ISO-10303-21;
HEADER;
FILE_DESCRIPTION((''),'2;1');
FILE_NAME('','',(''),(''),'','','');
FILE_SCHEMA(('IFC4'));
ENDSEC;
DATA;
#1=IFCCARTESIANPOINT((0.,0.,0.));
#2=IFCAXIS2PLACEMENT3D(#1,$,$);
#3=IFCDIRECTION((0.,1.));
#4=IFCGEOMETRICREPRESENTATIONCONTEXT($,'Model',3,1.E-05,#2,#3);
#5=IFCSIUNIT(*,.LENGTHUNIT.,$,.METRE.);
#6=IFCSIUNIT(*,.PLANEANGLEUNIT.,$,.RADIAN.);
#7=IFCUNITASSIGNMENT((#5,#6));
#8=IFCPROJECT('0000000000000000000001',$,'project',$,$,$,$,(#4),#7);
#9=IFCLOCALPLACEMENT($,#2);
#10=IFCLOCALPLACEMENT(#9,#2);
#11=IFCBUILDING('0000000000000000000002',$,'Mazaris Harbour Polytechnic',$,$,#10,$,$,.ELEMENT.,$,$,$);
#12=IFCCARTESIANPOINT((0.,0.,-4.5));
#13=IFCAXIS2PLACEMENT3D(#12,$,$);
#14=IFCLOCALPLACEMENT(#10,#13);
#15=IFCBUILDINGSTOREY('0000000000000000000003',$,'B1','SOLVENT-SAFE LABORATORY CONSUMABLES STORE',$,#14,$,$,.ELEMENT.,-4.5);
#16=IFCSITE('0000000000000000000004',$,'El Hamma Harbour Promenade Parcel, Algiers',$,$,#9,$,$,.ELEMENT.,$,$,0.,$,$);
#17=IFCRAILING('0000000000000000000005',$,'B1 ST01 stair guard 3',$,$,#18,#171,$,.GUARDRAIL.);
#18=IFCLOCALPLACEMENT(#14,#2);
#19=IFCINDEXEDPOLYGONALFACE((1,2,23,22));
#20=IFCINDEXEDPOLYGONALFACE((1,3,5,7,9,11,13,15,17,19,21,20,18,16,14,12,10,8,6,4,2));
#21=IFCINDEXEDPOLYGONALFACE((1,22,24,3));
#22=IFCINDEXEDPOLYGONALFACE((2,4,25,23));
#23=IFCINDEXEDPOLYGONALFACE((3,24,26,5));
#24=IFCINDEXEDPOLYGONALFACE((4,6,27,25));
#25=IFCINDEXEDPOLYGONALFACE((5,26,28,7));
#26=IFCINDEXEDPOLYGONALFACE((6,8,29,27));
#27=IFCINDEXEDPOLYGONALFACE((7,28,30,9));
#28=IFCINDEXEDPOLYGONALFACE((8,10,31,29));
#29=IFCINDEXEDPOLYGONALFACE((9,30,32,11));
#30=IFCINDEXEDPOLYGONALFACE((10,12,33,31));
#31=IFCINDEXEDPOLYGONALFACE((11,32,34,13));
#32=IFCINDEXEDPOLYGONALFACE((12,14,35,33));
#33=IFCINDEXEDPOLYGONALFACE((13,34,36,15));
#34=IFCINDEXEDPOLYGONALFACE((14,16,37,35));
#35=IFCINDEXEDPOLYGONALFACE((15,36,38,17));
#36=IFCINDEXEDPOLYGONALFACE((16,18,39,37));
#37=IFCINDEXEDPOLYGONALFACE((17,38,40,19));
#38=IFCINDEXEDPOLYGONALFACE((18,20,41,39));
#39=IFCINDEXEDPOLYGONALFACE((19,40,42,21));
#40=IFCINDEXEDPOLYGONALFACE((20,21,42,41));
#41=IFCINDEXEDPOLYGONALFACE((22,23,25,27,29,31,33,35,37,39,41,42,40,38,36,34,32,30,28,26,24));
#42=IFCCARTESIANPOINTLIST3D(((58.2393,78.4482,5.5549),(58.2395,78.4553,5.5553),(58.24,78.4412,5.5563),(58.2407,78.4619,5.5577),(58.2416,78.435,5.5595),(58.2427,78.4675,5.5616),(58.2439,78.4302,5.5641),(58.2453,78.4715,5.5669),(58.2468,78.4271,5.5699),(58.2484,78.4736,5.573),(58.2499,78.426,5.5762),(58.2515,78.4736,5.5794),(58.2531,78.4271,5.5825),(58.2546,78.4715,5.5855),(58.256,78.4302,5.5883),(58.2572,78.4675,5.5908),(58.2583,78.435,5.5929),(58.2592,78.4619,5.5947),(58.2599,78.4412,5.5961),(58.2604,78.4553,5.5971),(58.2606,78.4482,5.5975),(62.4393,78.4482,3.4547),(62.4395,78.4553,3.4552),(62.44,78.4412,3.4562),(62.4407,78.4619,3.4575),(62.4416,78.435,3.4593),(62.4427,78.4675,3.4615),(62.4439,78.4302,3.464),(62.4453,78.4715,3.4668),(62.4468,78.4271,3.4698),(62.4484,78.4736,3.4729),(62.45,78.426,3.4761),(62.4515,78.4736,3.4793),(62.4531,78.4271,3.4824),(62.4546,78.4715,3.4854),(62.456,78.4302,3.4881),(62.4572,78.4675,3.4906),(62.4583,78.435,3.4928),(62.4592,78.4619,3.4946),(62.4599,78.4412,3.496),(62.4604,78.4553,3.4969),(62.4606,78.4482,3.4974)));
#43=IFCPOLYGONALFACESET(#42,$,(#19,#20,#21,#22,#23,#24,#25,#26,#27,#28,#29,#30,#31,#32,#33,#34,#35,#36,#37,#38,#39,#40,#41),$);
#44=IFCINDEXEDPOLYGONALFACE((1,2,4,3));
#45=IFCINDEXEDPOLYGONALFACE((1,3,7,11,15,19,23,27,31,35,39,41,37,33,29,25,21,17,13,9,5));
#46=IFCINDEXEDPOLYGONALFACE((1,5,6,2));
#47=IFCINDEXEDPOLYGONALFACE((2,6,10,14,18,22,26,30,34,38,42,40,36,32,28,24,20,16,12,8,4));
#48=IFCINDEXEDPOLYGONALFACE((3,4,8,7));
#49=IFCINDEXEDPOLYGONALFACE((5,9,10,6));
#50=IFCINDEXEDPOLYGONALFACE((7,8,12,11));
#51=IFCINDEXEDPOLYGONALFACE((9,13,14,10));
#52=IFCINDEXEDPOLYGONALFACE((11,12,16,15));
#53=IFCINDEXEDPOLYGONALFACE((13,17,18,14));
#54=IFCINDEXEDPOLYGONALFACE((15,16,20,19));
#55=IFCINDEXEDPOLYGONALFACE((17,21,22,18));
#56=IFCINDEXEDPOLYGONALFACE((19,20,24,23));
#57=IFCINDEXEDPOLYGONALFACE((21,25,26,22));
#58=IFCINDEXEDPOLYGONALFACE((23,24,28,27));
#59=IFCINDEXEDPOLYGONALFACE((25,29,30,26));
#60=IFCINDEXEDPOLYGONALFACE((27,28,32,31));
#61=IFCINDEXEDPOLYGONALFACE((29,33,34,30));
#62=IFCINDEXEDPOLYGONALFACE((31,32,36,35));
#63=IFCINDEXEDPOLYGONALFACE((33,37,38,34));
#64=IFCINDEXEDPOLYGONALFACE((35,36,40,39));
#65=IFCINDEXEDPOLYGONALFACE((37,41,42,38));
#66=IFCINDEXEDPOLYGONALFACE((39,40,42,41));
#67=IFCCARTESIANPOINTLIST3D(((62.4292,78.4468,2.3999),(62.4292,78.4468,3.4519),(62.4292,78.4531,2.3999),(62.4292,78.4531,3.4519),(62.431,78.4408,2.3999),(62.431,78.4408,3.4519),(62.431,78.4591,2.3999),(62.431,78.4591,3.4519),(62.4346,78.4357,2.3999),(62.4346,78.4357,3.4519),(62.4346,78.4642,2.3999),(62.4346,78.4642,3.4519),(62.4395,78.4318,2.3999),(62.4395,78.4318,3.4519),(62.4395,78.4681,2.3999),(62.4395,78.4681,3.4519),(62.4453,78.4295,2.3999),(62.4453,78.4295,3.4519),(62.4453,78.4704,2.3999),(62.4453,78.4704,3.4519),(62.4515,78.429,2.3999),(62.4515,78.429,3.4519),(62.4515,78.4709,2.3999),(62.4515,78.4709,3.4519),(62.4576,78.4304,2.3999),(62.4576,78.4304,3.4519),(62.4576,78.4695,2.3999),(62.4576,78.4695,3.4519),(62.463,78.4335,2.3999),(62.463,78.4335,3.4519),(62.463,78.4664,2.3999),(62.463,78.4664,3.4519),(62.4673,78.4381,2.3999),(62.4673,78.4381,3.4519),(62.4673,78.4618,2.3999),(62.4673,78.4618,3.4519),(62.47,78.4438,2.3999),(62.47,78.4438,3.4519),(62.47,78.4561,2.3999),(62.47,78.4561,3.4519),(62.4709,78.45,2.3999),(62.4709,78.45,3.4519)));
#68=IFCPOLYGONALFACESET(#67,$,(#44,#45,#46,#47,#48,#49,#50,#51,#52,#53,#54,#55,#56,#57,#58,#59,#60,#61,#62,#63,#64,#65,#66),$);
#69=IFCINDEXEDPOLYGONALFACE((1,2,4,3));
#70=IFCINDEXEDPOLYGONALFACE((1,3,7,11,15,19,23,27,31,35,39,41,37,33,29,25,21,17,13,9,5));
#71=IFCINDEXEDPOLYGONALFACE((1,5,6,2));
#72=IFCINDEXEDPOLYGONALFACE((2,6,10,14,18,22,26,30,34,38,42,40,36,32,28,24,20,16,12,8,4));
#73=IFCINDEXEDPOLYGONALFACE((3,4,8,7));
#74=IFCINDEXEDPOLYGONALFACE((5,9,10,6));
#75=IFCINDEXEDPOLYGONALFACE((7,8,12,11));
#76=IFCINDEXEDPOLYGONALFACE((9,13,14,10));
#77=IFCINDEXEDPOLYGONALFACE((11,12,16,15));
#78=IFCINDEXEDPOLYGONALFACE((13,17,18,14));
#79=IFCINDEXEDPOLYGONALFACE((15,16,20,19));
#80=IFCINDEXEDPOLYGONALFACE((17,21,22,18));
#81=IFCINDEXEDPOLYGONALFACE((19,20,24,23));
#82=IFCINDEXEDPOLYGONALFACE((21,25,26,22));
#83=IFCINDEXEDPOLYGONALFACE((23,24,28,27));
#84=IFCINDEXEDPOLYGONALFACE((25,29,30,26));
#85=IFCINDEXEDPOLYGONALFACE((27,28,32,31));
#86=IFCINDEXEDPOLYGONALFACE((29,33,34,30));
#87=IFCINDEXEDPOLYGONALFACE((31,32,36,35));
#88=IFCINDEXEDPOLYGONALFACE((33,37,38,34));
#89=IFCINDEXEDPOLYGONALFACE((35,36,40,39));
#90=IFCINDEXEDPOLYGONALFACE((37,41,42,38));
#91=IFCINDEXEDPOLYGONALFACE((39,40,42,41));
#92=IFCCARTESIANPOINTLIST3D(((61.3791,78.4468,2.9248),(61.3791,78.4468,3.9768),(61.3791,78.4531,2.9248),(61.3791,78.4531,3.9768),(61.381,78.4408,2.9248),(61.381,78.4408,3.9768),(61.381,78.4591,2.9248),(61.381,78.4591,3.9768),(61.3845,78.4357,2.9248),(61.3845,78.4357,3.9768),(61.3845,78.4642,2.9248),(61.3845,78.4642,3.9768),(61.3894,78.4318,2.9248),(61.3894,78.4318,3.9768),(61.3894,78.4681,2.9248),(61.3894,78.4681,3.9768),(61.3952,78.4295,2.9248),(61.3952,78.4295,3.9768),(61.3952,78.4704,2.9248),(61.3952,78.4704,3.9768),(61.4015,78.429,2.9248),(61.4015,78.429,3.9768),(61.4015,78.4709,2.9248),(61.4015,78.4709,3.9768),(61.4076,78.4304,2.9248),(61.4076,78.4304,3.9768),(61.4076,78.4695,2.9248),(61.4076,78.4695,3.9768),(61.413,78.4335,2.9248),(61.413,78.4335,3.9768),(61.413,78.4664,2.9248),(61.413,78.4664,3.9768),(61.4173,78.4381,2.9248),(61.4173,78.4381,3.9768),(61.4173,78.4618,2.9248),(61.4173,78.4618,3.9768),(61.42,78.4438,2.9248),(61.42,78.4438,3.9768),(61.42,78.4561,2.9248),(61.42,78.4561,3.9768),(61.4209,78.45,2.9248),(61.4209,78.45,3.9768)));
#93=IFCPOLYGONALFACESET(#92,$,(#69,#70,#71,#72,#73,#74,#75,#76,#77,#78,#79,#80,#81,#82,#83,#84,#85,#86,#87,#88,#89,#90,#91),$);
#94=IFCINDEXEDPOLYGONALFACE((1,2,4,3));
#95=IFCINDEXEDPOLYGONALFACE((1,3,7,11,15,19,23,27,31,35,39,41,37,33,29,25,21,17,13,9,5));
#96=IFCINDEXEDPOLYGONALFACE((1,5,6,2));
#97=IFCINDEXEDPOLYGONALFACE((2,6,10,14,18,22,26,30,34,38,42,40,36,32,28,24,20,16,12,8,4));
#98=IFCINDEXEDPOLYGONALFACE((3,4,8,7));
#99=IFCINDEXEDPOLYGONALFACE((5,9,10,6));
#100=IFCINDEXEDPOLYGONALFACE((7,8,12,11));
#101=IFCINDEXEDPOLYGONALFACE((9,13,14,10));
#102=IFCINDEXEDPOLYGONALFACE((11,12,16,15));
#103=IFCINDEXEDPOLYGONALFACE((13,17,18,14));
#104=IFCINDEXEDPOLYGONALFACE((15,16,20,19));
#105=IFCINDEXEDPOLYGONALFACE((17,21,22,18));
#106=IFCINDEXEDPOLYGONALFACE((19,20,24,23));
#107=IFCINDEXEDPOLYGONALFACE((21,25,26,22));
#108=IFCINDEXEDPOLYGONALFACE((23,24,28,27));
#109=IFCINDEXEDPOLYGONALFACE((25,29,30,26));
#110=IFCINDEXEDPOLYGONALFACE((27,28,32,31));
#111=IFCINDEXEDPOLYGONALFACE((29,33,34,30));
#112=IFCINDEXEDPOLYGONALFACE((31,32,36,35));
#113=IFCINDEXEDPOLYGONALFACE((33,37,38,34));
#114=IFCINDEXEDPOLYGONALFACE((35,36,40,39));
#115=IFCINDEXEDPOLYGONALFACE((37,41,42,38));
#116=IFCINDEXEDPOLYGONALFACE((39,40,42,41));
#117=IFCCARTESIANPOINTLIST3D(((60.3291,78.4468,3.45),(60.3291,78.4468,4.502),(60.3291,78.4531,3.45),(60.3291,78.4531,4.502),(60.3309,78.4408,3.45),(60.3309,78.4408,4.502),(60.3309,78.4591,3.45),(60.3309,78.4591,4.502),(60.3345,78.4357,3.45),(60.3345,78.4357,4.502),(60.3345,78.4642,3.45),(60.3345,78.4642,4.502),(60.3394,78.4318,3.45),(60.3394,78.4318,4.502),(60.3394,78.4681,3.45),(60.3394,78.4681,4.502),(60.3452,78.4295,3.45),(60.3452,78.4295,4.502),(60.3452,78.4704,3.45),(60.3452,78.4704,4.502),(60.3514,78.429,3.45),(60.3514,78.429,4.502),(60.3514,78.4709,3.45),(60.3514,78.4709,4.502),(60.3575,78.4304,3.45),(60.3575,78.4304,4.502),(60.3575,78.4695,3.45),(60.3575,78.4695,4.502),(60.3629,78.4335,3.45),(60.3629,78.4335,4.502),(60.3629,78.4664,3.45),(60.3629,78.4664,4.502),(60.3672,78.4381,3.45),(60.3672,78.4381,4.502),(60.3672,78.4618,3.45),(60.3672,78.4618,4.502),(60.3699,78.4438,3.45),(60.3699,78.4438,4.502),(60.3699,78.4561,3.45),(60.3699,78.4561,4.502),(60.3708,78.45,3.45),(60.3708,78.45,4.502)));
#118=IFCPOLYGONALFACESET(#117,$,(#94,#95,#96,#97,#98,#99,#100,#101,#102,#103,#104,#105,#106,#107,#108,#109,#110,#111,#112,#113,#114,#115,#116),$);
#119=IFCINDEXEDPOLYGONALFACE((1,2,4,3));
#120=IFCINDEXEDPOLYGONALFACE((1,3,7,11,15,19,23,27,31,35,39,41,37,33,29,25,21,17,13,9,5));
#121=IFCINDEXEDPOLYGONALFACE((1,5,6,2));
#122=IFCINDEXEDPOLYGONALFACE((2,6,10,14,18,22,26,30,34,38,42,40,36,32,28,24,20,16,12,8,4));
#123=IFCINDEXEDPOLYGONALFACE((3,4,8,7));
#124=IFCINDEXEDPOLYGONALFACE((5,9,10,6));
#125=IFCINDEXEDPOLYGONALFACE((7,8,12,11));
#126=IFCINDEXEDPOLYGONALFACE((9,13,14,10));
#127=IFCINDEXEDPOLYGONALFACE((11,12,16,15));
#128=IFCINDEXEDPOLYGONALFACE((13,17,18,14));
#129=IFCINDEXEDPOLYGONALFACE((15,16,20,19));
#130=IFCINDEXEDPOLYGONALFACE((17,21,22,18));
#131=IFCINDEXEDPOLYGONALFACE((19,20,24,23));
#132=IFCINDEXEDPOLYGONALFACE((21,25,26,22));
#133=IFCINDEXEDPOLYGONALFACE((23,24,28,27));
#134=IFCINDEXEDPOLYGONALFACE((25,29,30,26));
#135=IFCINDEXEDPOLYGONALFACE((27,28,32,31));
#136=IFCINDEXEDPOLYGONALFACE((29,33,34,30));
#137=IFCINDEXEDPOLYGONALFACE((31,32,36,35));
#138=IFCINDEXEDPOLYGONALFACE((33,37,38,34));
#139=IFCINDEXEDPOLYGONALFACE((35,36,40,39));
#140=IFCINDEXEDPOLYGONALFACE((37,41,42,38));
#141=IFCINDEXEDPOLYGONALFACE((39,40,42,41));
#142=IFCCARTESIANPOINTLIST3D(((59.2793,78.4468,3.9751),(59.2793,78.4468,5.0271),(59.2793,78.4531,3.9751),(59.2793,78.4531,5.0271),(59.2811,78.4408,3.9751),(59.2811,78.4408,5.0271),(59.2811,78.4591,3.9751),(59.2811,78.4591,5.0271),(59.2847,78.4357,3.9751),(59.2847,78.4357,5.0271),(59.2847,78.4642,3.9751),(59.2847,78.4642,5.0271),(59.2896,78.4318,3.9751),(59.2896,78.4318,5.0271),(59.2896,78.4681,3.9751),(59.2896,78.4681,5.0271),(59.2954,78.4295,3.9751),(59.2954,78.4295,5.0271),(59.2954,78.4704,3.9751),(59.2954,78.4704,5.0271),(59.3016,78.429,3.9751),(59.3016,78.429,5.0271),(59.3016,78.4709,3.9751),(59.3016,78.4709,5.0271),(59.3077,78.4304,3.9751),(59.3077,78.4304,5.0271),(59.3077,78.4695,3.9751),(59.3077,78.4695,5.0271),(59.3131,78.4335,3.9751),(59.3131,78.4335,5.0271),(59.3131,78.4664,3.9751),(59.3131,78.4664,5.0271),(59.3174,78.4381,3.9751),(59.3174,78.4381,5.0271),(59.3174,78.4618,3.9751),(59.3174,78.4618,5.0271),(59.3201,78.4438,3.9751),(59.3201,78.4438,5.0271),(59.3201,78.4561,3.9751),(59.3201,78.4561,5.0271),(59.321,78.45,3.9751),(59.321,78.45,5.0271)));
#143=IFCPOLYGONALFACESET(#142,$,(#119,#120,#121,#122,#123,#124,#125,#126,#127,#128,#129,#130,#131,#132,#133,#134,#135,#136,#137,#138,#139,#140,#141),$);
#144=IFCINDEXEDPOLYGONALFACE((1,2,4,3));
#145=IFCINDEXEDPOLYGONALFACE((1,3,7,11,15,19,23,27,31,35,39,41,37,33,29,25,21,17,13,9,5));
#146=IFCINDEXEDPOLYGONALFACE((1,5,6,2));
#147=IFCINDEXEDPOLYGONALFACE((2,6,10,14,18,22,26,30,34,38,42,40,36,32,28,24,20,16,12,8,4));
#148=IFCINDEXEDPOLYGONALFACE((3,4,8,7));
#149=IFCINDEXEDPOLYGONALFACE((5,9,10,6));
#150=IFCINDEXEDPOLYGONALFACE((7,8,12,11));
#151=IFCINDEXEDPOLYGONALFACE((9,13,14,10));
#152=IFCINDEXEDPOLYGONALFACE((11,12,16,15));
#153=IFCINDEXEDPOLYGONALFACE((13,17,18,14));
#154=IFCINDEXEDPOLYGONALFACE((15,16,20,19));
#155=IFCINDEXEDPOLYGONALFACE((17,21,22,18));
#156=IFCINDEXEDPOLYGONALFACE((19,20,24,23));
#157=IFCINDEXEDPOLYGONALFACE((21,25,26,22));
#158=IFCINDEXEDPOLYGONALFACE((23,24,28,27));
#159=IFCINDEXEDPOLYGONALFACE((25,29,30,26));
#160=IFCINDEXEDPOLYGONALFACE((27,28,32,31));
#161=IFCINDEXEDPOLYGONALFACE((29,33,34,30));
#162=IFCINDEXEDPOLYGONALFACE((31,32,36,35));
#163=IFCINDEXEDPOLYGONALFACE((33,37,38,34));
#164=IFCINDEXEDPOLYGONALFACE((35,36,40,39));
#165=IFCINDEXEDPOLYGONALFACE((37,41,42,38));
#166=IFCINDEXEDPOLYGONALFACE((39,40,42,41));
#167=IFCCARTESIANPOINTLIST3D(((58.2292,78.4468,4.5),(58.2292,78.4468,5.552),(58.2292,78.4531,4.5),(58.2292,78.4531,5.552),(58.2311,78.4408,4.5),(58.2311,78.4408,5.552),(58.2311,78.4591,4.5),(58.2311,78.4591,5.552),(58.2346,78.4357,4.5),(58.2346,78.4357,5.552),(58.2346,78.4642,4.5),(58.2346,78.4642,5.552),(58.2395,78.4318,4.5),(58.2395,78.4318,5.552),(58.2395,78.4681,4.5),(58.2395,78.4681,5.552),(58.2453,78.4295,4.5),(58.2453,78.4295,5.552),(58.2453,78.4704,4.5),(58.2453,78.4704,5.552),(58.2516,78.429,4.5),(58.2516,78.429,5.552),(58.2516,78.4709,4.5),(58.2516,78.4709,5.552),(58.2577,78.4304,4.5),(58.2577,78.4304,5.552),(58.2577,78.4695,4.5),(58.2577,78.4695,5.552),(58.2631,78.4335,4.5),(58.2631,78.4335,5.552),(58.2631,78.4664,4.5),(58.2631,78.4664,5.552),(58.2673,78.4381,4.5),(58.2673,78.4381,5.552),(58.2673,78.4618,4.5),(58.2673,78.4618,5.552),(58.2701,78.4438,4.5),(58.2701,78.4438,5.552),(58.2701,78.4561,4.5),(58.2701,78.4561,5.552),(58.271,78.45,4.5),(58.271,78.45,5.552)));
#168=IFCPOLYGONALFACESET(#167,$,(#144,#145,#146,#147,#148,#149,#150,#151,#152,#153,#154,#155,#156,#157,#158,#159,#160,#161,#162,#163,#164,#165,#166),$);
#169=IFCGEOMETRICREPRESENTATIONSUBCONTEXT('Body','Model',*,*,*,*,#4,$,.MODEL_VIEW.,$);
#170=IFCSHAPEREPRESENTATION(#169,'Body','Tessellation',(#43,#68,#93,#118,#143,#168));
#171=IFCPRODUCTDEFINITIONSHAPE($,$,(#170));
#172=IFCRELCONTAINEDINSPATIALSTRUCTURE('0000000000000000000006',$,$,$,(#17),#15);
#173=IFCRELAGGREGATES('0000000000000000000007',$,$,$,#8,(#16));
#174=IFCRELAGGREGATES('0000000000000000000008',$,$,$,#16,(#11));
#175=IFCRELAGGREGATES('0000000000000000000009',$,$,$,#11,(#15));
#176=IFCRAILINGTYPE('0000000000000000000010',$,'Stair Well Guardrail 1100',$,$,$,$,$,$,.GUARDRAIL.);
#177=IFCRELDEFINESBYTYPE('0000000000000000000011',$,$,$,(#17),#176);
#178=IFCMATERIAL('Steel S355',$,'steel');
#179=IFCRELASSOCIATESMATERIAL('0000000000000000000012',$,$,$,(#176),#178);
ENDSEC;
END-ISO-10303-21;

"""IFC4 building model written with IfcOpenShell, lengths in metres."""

from ifc_helpers import new_model, si_unit, direction, frame, origin, origin_2d, place, context, subcontext, project, spatial, circle, extrude, material, type_object, element, save


model = new_model("IFC4")

# Units and contexts
model_context = context("Model", 3, precision=1e-05, world=origin(), true_north=direction((0.0, 1.0)))
body_context = subcontext(model_context, "Body", "Model", "MODEL_VIEW")
ifc_project = project(units=[si_unit("LENGTHUNIT", "METRE"), si_unit("PLANEANGLEUNIT", "RADIAN")], contexts=[model_context])

# Site, building, storey
site_placement = place(None, origin())
site = spatial("IfcSite", under=ifc_project, at=site_placement, Name="El Hamma Harbour Promenade Parcel, Algiers", CompositionType="ELEMENT", RefElevation=0.0)
building_placement = place(site_placement, origin())
building = spatial("IfcBuilding", under=site, at=building_placement, Name="Mazaris Harbour Polytechnic", CompositionType="ELEMENT")
storey_placement = place(building_placement, frame((0.0, 0.0, -4.5)))
storey = spatial("IfcBuildingStorey", under=building, at=storey_placement, Name="B1", Description="SOLVENT-SAFE LABORATORY CONSUMABLES STORE", CompositionType="ELEMENT", Elevation=-4.5)

# Railing
ifc_material_1 = material(Name="Steel S355", Category="steel")
railing_type_1 = type_object("IfcRailingType", Name="Stair Well Guardrail 1100", PredefinedType="GUARDRAIL", material=ifc_material_1)
railing_1_placement = place(storey_placement, frame((62.45, 78.45, 2.3999)))
element("IfcRailing", 1, at=railing_1_placement, inside=storey, type_object=railing_type_1, Name="B1 ST01 stair guard 3", PredefinedType="GUARDRAIL", context=body_context, shape_type="SweptSolid", body=[
    extrude(circle(Radius=0.0239, at=origin_2d()), frame((0.0, 0.0, 1.0762), z_axis=(-0.894417, 0.0, 0.447234), x_axis=(0.0, -1.0, 0.0)), (0.0, 0.0, 1.0), 4.6958),
    extrude(circle(Radius=0.021, at=origin_2d()), origin(), (0.0, 0.0, 1.0), 1.052),
    extrude(circle(Radius=0.021, at=origin_2d()), frame((-1.05, 0.0, 0.5249)), (0.0, 0.0, 1.0), 1.052),
    extrude(circle(Radius=0.021, at=origin_2d()), frame((-2.1001, 0.0, 1.05)), (0.0, 0.0, 1.0), 1.052),
    extrude(circle(Radius=0.021, at=origin_2d()), frame((-3.1499, 0.0, 1.5752)), (0.0, 0.0, 1.0), 1.052),
    extrude(circle(Radius=0.021, at=origin_2d()), frame((-4.2, 0.0, 2.1001)), (0.0, 0.0, 1.0), 1.052),
])

save(model, "model.ifc")
